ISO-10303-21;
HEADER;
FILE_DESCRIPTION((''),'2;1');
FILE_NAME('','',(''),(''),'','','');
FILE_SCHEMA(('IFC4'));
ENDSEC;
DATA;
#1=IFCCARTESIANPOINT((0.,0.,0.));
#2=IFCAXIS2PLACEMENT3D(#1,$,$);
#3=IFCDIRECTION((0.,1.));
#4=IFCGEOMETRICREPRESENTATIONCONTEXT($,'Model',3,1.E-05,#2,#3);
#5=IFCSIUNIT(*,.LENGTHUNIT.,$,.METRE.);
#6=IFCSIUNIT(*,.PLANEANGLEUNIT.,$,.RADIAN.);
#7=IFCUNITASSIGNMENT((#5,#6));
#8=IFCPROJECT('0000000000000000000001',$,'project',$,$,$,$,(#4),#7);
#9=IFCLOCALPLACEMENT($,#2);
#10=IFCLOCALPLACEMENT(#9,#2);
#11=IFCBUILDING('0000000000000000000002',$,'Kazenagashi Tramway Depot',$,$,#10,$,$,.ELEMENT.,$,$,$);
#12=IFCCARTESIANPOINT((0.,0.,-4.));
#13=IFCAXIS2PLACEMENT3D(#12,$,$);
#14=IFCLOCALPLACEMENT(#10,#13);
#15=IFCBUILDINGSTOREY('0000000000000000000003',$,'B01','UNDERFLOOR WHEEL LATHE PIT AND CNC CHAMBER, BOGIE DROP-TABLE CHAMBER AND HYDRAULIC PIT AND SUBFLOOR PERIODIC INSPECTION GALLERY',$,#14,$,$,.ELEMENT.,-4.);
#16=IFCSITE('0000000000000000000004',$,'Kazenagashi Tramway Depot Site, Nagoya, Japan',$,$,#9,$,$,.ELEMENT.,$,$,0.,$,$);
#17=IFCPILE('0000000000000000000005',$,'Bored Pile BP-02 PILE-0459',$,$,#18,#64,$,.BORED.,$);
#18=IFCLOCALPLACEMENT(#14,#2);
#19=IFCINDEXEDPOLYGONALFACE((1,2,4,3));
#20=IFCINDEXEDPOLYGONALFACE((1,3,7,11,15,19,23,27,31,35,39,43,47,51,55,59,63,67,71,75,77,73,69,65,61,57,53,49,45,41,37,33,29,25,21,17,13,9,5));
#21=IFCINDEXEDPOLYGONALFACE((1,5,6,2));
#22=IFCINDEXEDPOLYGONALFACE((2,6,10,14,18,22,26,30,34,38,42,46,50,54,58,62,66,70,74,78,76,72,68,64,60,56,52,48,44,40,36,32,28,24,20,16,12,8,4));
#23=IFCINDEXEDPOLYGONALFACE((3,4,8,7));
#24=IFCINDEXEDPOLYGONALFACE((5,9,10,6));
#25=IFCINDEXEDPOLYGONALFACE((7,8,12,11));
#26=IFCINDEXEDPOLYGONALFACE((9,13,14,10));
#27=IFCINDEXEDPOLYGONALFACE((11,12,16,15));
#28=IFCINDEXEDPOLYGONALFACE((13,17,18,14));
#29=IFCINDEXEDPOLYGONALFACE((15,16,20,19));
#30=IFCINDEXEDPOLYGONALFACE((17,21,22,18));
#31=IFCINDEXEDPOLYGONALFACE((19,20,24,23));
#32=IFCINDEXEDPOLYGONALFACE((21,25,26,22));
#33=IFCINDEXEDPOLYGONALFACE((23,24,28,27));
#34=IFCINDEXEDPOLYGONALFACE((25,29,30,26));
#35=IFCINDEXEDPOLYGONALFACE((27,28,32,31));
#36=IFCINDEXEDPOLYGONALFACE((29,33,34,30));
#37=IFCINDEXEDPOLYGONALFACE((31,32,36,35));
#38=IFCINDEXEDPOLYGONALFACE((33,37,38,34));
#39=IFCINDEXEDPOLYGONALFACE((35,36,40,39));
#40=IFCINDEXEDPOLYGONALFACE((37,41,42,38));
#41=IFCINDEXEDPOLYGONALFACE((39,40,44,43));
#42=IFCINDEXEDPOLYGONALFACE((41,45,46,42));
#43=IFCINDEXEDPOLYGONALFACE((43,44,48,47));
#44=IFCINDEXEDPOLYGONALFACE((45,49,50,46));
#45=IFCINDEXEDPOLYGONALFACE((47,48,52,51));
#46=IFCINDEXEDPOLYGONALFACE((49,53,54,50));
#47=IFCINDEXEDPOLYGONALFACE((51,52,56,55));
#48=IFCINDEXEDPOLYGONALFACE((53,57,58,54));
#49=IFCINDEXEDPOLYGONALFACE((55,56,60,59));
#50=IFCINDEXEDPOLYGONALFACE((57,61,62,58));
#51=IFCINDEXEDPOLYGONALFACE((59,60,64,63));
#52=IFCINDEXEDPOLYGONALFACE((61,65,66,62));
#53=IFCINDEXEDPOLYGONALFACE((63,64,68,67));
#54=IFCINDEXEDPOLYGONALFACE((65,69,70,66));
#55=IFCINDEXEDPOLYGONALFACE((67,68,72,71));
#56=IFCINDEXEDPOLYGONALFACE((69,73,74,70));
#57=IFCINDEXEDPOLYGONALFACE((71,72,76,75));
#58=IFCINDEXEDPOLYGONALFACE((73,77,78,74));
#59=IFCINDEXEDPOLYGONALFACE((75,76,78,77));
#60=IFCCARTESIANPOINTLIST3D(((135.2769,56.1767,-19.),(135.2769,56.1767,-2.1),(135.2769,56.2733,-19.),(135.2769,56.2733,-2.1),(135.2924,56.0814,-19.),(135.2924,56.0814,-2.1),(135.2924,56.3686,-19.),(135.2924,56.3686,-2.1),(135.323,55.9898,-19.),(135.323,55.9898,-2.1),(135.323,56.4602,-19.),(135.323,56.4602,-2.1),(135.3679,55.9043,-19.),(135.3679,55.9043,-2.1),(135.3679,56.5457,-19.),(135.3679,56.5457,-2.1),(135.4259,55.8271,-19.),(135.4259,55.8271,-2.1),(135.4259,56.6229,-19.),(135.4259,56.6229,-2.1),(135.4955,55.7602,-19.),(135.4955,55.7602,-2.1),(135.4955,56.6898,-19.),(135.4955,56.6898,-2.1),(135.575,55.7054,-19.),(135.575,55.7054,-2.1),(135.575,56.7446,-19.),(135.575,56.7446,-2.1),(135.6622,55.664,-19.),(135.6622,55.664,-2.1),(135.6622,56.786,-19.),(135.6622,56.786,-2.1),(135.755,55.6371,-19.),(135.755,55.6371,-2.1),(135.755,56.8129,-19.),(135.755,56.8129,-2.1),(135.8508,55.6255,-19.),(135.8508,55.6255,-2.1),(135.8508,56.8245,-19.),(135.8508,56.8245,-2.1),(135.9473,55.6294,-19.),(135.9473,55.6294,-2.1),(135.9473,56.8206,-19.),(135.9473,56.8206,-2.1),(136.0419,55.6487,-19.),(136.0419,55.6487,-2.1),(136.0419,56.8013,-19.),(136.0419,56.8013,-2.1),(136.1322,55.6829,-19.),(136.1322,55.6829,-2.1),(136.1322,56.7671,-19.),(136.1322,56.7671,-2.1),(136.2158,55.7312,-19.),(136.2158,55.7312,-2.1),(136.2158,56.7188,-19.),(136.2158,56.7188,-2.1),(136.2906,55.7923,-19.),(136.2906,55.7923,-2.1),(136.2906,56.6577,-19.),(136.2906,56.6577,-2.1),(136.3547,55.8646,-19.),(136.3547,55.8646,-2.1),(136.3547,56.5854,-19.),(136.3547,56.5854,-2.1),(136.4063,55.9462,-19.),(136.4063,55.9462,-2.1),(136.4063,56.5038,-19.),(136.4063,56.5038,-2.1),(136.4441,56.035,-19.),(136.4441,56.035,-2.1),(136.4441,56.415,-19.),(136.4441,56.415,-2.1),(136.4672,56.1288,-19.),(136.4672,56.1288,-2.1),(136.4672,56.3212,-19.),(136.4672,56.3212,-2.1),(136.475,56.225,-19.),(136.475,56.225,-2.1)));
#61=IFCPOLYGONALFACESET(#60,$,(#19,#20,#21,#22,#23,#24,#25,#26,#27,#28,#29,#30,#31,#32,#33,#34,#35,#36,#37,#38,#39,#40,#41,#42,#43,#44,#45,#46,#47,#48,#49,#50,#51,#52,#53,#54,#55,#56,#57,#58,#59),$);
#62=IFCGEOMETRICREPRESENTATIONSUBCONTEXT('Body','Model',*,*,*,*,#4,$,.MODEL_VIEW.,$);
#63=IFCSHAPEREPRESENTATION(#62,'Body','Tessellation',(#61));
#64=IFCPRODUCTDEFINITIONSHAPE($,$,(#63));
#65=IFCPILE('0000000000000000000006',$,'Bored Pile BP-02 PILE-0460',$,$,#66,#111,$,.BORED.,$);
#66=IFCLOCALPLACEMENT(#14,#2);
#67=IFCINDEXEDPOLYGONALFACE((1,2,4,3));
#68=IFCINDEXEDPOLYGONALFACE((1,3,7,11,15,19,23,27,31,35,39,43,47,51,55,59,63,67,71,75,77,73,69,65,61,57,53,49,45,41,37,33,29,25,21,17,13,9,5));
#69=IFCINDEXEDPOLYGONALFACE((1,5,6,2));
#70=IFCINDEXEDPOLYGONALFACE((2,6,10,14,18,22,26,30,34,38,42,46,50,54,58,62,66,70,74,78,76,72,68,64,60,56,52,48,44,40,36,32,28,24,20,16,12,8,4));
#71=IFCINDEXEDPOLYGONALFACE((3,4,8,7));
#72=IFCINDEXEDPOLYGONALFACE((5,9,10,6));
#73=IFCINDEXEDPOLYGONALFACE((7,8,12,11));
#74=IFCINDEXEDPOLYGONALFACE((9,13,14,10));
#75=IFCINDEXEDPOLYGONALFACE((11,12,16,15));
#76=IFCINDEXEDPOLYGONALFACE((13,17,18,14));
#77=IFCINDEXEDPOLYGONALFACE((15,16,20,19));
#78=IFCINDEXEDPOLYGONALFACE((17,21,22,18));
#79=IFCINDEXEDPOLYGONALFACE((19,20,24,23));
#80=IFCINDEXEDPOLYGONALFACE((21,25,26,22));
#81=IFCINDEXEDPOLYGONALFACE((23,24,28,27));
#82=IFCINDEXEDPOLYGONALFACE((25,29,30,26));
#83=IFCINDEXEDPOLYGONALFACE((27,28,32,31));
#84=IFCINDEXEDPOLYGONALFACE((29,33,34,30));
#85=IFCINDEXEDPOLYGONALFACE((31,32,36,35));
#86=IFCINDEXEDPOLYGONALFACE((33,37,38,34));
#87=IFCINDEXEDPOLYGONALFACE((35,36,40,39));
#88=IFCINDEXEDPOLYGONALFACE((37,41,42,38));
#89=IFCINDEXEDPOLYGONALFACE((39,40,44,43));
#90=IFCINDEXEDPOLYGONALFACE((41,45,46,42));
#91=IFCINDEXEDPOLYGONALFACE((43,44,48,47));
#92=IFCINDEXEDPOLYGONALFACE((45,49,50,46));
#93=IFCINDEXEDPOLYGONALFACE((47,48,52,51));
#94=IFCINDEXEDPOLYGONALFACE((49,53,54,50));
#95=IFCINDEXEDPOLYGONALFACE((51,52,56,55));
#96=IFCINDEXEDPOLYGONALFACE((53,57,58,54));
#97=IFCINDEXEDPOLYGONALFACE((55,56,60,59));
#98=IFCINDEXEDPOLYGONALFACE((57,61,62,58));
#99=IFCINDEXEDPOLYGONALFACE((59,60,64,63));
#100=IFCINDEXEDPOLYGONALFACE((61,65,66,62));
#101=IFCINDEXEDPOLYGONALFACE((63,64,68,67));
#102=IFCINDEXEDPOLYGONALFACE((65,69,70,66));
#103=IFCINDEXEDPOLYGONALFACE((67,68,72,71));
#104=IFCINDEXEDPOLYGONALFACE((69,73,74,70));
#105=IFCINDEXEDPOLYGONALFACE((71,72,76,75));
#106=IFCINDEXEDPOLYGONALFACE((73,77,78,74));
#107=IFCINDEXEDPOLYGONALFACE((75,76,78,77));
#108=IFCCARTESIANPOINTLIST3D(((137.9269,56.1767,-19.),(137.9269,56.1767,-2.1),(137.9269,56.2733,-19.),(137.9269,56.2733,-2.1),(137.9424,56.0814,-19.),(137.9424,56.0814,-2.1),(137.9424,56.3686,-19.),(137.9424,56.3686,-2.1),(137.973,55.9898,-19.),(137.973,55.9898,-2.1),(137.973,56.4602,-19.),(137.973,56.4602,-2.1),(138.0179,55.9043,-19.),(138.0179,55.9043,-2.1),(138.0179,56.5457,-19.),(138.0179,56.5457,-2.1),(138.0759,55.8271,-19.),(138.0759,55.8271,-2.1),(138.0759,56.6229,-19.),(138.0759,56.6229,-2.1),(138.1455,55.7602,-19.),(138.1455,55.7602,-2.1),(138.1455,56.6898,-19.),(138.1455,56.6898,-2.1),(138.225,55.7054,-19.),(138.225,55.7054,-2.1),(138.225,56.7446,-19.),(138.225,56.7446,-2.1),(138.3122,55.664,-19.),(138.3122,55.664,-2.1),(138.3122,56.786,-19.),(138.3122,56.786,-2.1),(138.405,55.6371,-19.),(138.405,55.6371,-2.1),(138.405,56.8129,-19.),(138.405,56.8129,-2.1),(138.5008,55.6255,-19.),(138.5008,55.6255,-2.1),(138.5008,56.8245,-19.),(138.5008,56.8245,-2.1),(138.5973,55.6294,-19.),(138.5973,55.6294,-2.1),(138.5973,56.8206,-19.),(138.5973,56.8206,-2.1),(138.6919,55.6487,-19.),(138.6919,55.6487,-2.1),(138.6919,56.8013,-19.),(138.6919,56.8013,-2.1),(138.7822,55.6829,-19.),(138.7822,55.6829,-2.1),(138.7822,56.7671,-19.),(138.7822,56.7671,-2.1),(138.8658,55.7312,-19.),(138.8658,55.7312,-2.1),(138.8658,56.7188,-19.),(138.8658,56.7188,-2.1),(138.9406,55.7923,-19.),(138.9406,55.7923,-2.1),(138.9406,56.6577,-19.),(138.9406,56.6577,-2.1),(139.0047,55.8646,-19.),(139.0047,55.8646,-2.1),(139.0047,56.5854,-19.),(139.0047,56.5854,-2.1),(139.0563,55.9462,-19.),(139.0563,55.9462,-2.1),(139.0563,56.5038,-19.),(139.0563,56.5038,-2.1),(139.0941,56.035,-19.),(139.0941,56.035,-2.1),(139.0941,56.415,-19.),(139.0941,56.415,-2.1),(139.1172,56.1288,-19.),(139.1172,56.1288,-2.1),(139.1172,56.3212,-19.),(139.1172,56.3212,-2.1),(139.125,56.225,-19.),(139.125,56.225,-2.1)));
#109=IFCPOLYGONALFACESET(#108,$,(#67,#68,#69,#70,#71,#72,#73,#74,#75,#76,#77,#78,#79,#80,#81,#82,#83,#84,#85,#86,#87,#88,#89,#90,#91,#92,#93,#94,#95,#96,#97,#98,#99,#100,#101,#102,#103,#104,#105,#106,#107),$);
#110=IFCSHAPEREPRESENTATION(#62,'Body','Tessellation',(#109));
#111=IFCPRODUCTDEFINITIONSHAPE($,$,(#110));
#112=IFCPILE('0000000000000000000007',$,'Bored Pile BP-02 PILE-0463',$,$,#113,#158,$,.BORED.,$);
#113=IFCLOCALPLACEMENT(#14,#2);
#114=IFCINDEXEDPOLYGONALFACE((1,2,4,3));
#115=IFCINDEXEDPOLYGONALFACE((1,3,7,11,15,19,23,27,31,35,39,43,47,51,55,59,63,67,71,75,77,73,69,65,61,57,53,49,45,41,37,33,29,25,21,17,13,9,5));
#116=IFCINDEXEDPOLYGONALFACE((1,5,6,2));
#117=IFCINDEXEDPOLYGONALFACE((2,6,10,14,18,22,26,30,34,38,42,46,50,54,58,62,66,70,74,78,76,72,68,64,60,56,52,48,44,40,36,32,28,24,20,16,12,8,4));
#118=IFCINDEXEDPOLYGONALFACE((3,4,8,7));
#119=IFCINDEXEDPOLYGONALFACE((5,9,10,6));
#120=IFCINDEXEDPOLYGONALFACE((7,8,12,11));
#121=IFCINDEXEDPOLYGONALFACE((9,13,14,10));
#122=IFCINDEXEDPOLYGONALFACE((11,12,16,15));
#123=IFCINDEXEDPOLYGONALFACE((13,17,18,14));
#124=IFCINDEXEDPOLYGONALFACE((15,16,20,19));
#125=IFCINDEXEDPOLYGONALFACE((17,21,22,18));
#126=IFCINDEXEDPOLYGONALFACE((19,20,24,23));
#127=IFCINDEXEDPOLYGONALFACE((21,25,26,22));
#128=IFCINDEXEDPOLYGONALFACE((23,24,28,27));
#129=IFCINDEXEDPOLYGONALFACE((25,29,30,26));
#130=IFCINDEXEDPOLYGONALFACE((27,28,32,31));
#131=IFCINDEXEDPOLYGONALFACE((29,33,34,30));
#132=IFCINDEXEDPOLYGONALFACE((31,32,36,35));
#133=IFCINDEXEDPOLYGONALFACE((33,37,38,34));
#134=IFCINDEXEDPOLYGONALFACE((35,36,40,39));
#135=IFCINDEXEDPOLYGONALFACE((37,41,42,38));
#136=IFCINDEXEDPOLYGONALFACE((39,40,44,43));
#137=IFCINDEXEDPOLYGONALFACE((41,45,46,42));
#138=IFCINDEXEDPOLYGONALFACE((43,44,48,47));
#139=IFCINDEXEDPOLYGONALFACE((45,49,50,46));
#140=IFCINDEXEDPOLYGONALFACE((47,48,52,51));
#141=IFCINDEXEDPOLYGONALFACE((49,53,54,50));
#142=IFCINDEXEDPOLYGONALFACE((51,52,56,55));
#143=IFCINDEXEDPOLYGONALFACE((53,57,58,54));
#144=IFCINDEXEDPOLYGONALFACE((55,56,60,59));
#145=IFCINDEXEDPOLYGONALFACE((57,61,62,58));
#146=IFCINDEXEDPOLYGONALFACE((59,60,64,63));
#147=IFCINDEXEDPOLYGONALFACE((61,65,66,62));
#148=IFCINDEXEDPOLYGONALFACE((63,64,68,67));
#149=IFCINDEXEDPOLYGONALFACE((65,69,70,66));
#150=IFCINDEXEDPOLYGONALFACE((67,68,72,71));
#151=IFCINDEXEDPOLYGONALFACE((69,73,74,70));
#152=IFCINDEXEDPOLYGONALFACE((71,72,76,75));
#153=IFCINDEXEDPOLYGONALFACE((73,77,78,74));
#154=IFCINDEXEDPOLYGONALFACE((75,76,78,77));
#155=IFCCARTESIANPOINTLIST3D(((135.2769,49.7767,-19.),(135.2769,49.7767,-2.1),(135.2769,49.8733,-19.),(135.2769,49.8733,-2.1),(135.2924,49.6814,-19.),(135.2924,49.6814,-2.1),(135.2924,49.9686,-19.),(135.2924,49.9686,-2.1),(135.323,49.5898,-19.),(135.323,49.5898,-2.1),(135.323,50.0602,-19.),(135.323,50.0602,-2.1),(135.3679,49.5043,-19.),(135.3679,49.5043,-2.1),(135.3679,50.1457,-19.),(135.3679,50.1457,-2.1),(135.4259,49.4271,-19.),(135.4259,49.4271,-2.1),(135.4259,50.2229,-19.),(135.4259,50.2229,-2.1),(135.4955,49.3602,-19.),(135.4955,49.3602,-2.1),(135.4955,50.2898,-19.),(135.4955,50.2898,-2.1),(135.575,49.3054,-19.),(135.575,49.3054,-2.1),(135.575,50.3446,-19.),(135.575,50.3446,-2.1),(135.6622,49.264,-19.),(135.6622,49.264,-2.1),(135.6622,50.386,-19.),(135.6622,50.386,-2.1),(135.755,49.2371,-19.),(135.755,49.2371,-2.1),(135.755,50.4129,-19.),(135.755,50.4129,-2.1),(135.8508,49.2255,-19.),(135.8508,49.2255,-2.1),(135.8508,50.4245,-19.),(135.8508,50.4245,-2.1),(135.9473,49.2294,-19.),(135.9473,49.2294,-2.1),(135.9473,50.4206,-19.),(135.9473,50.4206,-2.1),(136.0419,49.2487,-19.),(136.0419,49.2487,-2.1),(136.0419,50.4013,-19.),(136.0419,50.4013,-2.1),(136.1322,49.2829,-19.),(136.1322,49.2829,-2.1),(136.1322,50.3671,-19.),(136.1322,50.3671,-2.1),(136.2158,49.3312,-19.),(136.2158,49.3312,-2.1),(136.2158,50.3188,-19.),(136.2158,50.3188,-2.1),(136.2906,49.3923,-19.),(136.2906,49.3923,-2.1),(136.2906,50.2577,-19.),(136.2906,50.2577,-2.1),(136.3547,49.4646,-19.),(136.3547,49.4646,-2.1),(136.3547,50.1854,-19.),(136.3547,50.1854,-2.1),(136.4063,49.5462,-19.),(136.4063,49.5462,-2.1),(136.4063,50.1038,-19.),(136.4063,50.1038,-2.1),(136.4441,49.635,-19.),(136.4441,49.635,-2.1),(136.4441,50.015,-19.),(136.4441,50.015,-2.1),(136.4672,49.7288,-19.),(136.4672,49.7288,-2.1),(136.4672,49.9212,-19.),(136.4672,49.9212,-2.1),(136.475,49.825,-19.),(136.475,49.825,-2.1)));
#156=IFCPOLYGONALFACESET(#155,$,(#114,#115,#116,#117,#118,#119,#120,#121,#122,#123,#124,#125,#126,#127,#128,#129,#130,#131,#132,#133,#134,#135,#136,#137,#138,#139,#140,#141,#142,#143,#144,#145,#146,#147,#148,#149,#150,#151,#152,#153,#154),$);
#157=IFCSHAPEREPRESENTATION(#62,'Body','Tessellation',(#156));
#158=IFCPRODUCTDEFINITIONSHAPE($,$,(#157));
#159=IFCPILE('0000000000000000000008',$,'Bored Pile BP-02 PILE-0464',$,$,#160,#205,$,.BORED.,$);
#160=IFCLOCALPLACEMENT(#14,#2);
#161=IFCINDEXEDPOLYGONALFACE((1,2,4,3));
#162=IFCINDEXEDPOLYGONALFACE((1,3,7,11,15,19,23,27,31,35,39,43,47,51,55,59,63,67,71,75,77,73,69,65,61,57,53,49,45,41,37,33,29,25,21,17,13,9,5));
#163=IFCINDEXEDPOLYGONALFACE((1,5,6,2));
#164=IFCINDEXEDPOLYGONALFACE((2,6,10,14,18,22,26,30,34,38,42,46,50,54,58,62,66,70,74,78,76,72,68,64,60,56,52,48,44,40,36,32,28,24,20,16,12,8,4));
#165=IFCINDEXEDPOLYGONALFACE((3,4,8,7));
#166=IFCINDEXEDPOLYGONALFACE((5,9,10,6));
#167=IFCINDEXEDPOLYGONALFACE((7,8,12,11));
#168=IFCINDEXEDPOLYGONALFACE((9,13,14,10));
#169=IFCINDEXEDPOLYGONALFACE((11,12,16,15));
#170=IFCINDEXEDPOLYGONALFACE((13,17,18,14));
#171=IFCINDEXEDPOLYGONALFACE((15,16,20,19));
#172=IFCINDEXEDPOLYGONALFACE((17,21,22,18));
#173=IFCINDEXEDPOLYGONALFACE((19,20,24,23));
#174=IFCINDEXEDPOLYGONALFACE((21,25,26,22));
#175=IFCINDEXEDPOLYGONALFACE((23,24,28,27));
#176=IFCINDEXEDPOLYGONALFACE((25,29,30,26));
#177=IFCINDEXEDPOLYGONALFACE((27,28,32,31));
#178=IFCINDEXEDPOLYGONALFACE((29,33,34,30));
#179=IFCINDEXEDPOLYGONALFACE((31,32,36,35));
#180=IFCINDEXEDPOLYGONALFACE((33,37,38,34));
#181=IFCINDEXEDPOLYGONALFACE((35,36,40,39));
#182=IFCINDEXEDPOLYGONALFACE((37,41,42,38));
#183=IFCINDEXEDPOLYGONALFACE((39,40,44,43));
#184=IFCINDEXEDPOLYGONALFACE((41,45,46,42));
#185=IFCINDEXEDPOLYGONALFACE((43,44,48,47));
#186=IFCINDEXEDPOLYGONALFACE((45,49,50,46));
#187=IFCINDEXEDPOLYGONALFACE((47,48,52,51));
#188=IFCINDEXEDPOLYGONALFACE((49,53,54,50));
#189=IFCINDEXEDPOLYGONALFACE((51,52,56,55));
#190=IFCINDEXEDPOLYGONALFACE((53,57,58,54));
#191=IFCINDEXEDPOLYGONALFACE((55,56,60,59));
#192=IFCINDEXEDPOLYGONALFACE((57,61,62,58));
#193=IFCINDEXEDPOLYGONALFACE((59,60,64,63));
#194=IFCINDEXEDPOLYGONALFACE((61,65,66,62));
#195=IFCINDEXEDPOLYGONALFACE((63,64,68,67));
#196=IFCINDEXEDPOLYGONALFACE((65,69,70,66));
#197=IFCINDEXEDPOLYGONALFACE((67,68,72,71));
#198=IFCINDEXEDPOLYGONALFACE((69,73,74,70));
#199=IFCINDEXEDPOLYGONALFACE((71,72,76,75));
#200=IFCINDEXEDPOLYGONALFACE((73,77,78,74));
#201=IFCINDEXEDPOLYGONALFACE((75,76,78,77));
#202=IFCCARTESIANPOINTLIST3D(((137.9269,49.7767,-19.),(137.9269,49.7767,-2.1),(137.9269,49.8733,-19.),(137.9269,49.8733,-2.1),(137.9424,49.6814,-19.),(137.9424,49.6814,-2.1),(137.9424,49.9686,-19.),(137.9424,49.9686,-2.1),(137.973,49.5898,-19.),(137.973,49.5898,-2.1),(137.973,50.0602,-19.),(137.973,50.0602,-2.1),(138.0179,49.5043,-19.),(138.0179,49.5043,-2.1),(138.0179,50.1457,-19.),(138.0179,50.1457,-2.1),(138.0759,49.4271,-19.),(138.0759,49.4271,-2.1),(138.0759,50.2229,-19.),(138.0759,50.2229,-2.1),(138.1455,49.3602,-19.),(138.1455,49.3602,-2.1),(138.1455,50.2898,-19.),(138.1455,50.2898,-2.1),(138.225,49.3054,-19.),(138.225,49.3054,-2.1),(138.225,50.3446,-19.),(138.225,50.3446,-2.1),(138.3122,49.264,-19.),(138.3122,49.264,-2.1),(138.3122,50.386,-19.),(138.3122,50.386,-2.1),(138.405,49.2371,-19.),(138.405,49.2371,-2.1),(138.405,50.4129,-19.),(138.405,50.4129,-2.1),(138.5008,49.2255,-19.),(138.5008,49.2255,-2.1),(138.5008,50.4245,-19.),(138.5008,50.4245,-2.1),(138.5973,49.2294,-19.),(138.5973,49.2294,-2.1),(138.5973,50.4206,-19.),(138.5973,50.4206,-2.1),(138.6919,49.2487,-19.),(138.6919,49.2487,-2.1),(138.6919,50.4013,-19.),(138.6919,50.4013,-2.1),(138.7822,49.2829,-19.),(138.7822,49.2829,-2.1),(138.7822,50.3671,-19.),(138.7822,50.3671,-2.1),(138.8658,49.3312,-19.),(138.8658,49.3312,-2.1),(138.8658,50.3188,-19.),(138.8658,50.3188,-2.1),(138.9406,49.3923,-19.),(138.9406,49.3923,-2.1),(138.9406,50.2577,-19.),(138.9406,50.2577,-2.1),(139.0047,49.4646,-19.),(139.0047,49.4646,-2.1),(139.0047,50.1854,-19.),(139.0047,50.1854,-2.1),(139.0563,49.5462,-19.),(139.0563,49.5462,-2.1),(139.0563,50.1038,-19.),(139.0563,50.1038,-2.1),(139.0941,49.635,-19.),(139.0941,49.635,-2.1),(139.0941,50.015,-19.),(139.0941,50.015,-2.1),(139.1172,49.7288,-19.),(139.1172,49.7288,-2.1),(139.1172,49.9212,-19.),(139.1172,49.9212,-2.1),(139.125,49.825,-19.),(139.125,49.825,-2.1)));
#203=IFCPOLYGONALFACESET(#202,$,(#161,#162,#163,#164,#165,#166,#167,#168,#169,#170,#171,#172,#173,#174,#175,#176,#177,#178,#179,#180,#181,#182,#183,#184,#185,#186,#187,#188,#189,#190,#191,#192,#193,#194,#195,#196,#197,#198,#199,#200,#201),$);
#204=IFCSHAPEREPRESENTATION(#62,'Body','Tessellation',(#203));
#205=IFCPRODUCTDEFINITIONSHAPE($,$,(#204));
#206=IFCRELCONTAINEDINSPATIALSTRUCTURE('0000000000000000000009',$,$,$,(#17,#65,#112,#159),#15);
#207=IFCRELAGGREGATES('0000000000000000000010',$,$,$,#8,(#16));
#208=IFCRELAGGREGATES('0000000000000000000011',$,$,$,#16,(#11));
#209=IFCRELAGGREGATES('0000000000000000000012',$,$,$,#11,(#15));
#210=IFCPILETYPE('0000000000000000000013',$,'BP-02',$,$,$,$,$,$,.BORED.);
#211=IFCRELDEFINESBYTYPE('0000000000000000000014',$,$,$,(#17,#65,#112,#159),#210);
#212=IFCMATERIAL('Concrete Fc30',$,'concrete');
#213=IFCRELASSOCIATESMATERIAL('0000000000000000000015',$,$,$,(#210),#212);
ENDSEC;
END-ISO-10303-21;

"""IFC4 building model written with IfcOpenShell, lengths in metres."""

from ifc_helpers import new_model, si_unit, direction, frame, origin, origin_2d, place, context, subcontext, project, spatial, circle, extrude, material, material_profile, profile_set, type_object, element, save


model = new_model("IFC4")

# Units and contexts
model_context = context("Model", 3, precision=1e-05, world=origin(), true_north=direction((0.0, 1.0)))
body_context = subcontext(model_context, "Body", "Model", "MODEL_VIEW")
ifc_project = project(units=[si_unit("LENGTHUNIT", "METRE"), si_unit("PLANEANGLEUNIT", "RADIAN")], contexts=[model_context])

# Site, building, storey
site_placement = place(None, origin())
site = spatial("IfcSite", under=ifc_project, at=site_placement, Name="Kazenagashi Tramway Depot Site, Nagoya, Japan", CompositionType="ELEMENT", RefElevation=0.0)
building_placement = place(site_placement, origin())
building = spatial("IfcBuilding", under=site, at=building_placement, Name="Kazenagashi Tramway Depot", CompositionType="ELEMENT")
storey_placement = place(building_placement, frame((0.0, 0.0, -4.0)))
storey = spatial("IfcBuildingStorey", under=building, at=storey_placement, Name="B01", Description="UNDERFLOOR WHEEL LATHE PIT AND CNC CHAMBER, BOGIE DROP-TABLE CHAMBER AND HYDRAULIC PIT AND SUBFLOOR PERIODIC INSPECTION GALLERY", CompositionType="ELEMENT", Elevation=-4.0)

# Piles
ifc_material_1 = material(Name="Concrete Fc30", Category="concrete")
ifc_material_profile_1 = material_profile(ifc_material_1, circle(Radius=0.6, at=origin_2d()), Name="PILE-1200")
ifc_profile_set_1 = profile_set([ifc_material_profile_1], Name="Concrete Fc30")
pile_type_1 = type_object("IfcPileType", Name="BP-02", PredefinedType="BORED", material=ifc_profile_set_1)
for number, where, z_axis, x_axis, name in (
    (1, (135.875, 56.225, -2.1), (0.0, 0.0, -1.0), (1.0, 0.0, 0.0), "Bored Pile BP-02 PILE-0459"),
    (2, (138.525, 56.225, -2.1), (0.0, 0.0, -1.0), (1.0, 0.0, 0.0), "Bored Pile BP-02 PILE-0460"),
    (3, (135.875, 49.825, -2.1), (0.0, 0.0, -1.0), (1.0, 0.0, 0.0), "Bored Pile BP-02 PILE-0463"),
    (4, (138.525, 49.825, -2.1), (0.0, 0.0, -1.0), (1.0, 0.0, 0.0), "Bored Pile BP-02 PILE-0464"),
):
    element("IfcPile", number, at=place(storey_placement, frame(where, z_axis=z_axis, x_axis=x_axis)), inside=storey, type_object=pile_type_1, Name=name, PredefinedType="BORED", context=body_context, shape_type="SweptSolid", body=[
        extrude(circle(Radius=0.6, at=origin_2d()), origin(), (0.0, 0.0, 1.0), 16.9),
    ])

save(model, "model.ifc")
